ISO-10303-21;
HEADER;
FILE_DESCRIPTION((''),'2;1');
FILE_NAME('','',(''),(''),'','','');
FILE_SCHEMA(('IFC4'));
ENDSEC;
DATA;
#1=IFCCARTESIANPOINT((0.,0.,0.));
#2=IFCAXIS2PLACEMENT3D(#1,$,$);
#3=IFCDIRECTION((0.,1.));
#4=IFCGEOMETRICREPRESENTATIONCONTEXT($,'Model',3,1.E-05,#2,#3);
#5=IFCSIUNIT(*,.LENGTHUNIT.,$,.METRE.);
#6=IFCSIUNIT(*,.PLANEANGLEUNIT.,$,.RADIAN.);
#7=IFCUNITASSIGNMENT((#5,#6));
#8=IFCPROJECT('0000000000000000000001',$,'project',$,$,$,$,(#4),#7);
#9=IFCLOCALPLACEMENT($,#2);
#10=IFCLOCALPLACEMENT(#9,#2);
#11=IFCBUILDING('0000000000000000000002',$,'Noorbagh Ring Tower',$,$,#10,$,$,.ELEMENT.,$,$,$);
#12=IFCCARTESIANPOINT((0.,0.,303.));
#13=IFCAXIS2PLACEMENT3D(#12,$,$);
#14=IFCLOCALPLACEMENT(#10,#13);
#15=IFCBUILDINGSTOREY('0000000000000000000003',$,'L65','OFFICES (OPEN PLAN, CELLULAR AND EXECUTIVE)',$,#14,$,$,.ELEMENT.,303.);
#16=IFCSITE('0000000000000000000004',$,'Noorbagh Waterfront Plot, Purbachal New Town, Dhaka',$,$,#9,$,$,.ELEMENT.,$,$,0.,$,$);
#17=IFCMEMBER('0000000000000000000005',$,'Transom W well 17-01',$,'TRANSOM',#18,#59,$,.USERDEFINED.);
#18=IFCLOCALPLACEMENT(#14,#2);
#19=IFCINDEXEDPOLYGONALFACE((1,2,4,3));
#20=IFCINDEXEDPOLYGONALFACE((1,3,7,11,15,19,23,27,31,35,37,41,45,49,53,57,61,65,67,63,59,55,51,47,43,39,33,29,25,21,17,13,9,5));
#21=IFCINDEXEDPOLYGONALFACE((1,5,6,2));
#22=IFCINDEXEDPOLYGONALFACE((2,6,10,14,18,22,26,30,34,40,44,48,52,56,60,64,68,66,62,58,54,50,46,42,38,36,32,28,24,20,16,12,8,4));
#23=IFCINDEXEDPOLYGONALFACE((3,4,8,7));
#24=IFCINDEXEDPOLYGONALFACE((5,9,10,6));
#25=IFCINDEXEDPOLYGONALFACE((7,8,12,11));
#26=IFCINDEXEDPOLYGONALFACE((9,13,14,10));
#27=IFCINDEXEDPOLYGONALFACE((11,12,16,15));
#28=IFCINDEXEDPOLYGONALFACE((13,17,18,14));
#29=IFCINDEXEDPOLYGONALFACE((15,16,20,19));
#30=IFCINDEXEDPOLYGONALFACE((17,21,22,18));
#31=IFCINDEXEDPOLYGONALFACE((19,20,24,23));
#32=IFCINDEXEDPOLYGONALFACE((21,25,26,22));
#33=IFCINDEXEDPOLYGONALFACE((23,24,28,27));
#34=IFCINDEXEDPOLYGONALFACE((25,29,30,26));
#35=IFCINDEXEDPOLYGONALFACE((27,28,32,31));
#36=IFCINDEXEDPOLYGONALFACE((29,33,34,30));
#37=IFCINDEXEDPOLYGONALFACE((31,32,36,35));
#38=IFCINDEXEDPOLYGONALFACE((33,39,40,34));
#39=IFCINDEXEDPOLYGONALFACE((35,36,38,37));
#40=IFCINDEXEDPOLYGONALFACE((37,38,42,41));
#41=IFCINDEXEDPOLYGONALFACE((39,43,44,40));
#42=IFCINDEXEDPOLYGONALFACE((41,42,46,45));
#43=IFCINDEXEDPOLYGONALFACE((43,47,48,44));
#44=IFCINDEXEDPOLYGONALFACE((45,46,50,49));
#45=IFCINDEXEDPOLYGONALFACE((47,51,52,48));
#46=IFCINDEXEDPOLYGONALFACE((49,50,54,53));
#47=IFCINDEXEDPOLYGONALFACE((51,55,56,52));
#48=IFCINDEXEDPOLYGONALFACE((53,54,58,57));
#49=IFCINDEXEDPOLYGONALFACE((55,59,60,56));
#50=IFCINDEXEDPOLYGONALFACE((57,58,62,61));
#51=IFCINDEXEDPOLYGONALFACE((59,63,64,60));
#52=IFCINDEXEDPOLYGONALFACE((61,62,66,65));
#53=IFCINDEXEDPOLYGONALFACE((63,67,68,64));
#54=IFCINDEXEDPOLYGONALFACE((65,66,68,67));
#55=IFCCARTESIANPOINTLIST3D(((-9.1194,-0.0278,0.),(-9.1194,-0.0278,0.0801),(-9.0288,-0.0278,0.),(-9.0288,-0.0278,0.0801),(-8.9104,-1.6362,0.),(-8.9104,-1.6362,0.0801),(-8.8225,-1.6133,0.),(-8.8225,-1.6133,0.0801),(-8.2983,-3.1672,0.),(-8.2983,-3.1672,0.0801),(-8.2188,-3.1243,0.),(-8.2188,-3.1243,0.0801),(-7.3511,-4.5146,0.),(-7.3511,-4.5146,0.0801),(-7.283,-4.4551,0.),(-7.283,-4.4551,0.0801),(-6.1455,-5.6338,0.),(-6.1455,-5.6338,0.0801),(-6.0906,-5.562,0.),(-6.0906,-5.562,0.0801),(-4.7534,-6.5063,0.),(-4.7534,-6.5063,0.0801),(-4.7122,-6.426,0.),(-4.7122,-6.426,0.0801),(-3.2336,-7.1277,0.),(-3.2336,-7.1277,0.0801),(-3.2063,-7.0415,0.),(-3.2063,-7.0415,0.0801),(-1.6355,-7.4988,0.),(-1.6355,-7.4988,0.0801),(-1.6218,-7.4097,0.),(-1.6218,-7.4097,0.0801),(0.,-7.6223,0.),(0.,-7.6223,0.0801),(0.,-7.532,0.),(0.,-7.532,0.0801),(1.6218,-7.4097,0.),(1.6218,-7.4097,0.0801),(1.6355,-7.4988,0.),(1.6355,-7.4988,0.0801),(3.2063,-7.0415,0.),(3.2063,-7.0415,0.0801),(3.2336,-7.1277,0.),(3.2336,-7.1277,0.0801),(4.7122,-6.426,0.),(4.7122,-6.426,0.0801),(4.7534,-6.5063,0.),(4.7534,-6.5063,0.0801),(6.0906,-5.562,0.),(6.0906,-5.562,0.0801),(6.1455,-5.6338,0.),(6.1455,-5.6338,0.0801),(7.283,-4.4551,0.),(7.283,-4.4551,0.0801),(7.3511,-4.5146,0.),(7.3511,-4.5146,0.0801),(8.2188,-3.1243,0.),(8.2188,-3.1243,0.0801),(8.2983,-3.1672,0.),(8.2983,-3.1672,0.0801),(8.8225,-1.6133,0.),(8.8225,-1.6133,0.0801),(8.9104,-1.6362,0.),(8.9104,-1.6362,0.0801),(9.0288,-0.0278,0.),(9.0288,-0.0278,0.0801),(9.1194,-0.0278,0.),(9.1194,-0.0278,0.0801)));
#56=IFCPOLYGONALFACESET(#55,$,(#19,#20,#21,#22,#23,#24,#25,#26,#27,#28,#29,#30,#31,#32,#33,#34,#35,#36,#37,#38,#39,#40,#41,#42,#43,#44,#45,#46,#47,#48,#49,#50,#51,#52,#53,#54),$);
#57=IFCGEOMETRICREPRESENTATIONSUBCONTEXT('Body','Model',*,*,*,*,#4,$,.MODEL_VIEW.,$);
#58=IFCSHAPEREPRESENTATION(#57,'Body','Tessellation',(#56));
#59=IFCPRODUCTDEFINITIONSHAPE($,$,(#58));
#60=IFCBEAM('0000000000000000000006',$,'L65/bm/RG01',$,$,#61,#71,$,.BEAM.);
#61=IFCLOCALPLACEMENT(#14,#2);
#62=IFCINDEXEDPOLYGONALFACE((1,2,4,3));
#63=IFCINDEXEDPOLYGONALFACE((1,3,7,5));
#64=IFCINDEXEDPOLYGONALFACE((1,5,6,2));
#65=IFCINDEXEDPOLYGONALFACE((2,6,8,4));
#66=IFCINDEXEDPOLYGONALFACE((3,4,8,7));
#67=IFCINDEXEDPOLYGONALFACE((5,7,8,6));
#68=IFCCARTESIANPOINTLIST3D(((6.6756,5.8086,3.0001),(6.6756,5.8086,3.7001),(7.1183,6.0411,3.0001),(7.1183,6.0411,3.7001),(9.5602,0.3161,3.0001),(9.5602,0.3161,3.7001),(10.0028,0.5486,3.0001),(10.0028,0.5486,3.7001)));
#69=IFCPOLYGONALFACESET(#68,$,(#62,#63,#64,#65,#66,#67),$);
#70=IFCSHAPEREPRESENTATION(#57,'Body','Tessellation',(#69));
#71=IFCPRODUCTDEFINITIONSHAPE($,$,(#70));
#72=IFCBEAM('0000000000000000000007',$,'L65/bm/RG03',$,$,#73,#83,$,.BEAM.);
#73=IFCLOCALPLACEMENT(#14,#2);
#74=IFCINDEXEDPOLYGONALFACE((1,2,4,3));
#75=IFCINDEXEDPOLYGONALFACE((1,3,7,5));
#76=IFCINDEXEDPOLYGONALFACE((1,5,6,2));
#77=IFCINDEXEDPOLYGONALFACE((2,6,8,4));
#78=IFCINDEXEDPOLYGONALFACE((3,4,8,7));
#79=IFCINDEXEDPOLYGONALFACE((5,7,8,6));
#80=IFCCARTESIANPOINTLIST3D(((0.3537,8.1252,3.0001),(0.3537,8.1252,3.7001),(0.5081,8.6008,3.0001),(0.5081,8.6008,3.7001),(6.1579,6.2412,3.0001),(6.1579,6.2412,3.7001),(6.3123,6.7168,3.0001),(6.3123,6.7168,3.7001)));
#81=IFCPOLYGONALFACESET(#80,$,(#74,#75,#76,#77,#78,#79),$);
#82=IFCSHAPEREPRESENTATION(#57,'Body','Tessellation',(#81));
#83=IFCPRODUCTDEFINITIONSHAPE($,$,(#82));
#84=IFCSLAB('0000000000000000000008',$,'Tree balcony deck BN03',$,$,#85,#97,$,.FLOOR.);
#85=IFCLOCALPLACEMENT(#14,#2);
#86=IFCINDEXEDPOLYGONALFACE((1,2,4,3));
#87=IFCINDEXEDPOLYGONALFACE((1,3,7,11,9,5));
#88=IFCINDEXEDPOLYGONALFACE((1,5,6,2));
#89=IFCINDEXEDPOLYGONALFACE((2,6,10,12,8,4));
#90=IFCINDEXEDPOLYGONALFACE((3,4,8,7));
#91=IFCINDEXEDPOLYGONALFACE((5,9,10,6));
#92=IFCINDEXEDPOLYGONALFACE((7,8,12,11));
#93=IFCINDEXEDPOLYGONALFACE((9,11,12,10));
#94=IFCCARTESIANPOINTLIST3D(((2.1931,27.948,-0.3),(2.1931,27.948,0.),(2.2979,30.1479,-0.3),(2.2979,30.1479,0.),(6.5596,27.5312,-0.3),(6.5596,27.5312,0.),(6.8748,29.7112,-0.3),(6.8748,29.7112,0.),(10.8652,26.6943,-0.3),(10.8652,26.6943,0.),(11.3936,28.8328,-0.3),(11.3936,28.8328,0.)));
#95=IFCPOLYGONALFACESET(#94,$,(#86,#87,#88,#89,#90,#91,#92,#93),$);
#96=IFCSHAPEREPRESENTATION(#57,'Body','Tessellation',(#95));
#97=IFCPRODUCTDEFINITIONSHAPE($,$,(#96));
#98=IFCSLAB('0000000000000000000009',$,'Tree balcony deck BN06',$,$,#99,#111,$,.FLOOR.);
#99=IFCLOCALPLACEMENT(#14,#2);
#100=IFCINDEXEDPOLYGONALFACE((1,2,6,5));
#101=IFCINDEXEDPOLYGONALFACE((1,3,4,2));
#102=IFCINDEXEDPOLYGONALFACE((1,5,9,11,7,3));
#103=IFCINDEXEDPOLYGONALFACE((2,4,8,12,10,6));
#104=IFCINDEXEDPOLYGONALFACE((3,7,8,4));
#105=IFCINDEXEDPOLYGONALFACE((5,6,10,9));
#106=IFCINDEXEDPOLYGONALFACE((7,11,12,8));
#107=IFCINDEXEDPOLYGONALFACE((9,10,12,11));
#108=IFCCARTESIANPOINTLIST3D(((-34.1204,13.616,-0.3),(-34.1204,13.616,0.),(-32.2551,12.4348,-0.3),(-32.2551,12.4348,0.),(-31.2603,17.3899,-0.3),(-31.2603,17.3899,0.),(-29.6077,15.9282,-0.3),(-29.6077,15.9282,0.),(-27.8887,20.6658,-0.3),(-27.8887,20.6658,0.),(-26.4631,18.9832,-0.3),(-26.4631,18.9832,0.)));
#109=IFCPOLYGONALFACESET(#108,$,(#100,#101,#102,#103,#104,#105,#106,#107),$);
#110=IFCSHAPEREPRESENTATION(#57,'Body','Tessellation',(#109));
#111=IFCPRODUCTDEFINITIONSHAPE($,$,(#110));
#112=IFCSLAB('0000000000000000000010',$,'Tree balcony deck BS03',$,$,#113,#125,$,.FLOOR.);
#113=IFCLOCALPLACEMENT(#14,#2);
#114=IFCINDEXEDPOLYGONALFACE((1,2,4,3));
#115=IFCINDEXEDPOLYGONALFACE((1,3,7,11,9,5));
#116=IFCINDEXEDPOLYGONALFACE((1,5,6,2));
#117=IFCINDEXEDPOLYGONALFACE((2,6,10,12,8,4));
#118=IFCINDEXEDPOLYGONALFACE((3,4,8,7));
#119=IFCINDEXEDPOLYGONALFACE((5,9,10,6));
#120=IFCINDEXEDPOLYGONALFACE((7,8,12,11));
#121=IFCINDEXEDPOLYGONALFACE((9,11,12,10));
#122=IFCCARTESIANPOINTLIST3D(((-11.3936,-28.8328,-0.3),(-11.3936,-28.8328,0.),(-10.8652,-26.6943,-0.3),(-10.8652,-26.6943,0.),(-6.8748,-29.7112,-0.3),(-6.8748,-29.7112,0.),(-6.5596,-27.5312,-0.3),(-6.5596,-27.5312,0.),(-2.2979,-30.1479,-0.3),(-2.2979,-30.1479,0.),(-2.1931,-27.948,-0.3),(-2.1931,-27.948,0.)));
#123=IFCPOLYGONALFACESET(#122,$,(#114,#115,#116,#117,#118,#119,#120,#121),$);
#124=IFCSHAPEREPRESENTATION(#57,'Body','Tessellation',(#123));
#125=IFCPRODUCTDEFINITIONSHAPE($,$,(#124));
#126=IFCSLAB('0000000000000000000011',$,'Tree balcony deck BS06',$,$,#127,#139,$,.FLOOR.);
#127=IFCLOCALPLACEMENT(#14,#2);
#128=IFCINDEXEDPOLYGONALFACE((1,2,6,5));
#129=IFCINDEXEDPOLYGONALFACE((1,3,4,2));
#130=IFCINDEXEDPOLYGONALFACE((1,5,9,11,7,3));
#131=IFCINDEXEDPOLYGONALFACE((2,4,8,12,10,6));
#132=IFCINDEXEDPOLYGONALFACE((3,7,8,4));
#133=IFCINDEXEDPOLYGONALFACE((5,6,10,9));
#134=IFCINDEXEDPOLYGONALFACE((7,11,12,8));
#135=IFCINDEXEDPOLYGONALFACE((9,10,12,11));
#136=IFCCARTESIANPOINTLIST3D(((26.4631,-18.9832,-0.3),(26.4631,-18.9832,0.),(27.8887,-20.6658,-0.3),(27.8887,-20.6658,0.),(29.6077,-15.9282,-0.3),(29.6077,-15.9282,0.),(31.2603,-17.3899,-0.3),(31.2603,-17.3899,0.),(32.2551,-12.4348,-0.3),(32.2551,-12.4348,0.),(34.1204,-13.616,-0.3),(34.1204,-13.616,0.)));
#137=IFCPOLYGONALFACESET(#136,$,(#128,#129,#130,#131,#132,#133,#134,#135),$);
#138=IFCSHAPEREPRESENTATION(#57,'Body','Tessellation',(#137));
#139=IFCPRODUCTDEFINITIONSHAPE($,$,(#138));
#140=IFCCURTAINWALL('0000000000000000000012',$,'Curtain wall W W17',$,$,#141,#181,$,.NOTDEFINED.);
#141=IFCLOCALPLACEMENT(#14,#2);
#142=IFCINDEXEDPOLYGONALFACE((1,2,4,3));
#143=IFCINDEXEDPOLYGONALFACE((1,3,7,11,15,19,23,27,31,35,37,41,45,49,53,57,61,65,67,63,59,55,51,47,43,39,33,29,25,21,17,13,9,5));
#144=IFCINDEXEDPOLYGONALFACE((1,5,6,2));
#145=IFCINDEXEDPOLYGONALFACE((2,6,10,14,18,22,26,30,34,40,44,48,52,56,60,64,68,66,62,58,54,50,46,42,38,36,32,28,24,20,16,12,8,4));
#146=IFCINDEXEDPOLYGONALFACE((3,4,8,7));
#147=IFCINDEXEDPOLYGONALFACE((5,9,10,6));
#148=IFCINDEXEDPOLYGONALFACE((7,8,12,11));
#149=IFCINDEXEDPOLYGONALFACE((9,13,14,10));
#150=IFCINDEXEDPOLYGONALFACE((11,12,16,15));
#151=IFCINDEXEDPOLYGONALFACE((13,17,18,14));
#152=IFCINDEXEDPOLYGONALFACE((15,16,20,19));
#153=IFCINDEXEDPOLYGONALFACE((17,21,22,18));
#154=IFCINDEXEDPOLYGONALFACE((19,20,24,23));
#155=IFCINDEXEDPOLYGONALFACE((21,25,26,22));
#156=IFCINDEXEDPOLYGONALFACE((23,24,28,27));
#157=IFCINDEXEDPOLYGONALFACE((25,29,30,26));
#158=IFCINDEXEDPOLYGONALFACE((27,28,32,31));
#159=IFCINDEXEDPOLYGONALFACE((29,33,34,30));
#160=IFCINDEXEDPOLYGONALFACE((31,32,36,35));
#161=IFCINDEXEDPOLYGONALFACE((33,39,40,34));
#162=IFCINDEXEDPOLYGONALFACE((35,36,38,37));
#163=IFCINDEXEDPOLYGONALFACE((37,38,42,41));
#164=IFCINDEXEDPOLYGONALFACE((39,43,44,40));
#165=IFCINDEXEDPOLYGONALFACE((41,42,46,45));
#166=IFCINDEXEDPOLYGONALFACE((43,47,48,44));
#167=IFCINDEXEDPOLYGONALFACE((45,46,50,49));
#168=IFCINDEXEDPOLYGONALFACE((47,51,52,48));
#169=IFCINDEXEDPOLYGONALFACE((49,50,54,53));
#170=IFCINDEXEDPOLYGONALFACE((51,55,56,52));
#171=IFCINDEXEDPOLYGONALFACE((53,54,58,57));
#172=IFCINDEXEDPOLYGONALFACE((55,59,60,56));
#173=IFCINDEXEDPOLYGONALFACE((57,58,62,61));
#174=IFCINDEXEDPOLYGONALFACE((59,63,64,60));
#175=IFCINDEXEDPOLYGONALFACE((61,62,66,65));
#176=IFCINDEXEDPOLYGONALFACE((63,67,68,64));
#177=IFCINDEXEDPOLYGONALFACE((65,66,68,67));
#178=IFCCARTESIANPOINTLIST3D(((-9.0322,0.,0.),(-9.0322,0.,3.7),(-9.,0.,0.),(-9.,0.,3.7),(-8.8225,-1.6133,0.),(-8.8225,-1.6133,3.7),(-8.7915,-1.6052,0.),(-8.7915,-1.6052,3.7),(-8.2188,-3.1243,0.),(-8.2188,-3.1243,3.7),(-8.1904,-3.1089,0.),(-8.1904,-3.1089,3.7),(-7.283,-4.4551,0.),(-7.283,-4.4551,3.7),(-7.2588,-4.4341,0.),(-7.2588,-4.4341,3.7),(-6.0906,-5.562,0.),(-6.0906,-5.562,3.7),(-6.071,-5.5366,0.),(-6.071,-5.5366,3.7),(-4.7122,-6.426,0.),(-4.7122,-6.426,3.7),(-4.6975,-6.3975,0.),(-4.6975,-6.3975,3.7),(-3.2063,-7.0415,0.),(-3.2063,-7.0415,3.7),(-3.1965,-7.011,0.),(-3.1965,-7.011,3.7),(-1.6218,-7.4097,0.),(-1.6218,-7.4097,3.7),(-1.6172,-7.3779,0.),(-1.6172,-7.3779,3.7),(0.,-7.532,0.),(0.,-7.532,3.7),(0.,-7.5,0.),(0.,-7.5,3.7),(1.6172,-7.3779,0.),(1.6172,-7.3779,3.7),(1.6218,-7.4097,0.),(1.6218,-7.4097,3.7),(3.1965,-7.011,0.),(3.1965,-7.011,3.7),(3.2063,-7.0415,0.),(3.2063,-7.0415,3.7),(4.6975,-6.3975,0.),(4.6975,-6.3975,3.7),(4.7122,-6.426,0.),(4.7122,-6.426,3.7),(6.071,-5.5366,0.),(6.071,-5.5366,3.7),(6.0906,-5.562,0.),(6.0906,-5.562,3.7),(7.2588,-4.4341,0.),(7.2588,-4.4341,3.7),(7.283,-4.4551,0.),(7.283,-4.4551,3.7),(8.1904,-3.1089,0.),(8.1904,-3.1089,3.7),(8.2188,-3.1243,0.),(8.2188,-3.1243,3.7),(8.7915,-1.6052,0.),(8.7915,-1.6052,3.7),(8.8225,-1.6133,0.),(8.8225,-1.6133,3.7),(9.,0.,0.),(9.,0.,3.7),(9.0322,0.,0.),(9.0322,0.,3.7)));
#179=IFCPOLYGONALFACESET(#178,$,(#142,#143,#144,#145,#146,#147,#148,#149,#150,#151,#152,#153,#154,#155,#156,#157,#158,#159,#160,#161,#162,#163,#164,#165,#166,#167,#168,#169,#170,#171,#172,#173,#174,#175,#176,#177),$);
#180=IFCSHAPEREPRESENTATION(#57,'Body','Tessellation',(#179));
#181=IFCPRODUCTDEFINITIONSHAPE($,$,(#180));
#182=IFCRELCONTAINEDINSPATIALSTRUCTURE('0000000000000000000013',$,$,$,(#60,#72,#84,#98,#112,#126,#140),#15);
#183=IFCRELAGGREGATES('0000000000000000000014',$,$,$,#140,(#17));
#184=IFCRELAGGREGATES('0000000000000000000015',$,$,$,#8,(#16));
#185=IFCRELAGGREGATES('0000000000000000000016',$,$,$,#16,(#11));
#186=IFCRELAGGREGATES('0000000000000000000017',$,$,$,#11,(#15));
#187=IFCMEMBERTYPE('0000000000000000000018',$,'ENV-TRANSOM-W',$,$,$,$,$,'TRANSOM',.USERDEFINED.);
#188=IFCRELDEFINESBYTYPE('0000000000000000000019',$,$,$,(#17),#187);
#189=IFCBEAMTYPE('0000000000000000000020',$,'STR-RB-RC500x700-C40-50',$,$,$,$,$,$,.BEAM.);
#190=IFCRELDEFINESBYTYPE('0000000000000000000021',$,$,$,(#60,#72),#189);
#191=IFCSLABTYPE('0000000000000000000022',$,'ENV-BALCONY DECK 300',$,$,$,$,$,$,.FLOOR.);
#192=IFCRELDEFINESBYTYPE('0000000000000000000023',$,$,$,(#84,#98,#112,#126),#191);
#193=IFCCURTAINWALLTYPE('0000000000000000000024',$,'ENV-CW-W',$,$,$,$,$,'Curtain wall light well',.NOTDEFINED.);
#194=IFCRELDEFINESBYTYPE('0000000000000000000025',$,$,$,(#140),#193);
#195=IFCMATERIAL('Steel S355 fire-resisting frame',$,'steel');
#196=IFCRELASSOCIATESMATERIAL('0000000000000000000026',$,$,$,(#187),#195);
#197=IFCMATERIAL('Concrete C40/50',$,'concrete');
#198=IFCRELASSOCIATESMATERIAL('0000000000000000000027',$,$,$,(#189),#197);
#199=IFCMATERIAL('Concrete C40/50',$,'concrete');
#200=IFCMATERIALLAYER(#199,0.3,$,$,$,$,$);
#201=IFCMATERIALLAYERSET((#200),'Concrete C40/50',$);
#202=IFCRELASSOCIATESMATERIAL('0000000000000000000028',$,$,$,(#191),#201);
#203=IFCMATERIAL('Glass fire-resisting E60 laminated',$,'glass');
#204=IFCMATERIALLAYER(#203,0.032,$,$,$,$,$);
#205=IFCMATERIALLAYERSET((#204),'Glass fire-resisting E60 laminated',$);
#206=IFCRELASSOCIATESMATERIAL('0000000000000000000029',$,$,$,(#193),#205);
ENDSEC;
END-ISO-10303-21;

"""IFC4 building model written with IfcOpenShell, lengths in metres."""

from ifc_helpers import new_model, si_unit, direction, frame, origin, origin_2d, place, context, subcontext, project, spatial, polyline, rectangle, outline, extrude, material, layer, layer_set, material_profile, profile_set, type_object, element, aggregate, save


model = new_model("IFC4")

# Units and contexts
model_context = context("Model", 3, precision=1e-05, world=origin(), true_north=direction((0.0, 1.0)))
body_context = subcontext(model_context, "Body", "Model", "MODEL_VIEW")
ifc_project = project(units=[si_unit("LENGTHUNIT", "METRE"), si_unit("PLANEANGLEUNIT", "RADIAN")], contexts=[model_context])

# Site, building, storey
site_placement = place(None, origin())
site = spatial("IfcSite", under=ifc_project, at=site_placement, Name="Noorbagh Waterfront Plot, Purbachal New Town, Dhaka", CompositionType="ELEMENT", RefElevation=0.0)
building_placement = place(site_placement, origin())
building = spatial("IfcBuilding", under=site, at=building_placement, Name="Noorbagh Ring Tower", CompositionType="ELEMENT")
storey_placement = place(building_placement, frame((0.0, 0.0, 303.0)))
storey = spatial("IfcBuildingStorey", under=building, at=storey_placement, Name="L65", Description="OFFICES (OPEN PLAN, CELLULAR AND EXECUTIVE)", CompositionType="ELEMENT", Elevation=303.0)

# Member
ifc_material_1 = material(Name="Steel S355 fire-resisting frame", Category="steel")
member_type_1 = type_object("IfcMemberType", Name="ENV-TRANSOM-W", ElementType="TRANSOM", PredefinedType="USERDEFINED", material=ifc_material_1)
member_1_placement = place(storey_placement, origin())
member_1 = element("IfcMember", 1, at=member_1_placement, type_object=member_type_1, Name="Transom W well 17-01", ObjectType="TRANSOM", PredefinedType="USERDEFINED", context=body_context, shape_type="SweptSolid", body=[
    extrude(outline(polyline([(-9.1194, -0.0278), (-8.9104, -1.6362), (-8.2983, -3.1672), (-7.3511, -4.5146), (-6.1455, -5.6338), (-4.7534, -6.5063), (-3.2336, -7.1277), (-1.6355, -7.4988), (0.0, -7.6223), (1.6355, -7.4988), (3.2336, -7.1277), (4.7534, -6.5063), (6.1455, -5.6338), (7.3511, -4.5146), (8.2983, -3.1672), (8.9104, -1.6362), (9.1194, -0.0278), (9.0288, -0.0278), (8.8225, -1.6133), (8.2188, -3.1243), (7.283, -4.4551), (6.0906, -5.562), (4.7122, -6.426), (3.2063, -7.0415), (1.6218, -7.4097), (0.0, -7.532), (-1.6218, -7.4097), (-3.2063, -7.0415), (-4.7122, -6.426), (-6.0906, -5.562), (-7.283, -4.4551), (-8.2188, -3.1243), (-8.8225, -1.6133), (-9.0288, -0.0278), (-9.1194, -0.0278)])), origin(), (0.0, 0.0, 1.0), 0.0801),
])

# Beams
ifc_material_2 = material(Name="Concrete C40/50", Category="concrete")
ifc_material_profile_1 = material_profile(ifc_material_2, rectangle(XDim=0.5, YDim=0.7, at=origin_2d()), Name="RC500x700")
ifc_profile_set_1 = profile_set([ifc_material_profile_1], Name="Concrete C40/50")
beam_type = type_object("IfcBeamType", Name="STR-RB-RC500x700-C40-50", PredefinedType="BEAM", material=ifc_profile_set_1)
beam_1_placement = place(storey_placement, frame((9.7815, 0.4324, 3.3501), z_axis=(-0.46496, 0.885332, 0.0), x_axis=(-0.885332, -0.46496, 0.0)))
element("IfcBeam", 2, at=beam_1_placement, inside=storey, type_object=beam_type, Name="L65/bm/RG01", PredefinedType="BEAM", context=body_context, shape_type="SweptSolid", body=[
    extrude(rectangle(XDim=0.5, YDim=0.7, at=origin_2d()), origin(), (0.0, 0.0, 1.0), 6.2039),
])
beam_2_placement = place(storey_placement, frame((6.2351, 6.479, 3.3501), z_axis=(-0.951146, 0.30874, 0.0), x_axis=(-0.30874, -0.951146, 0.0)))
element("IfcBeam", 3, at=beam_2_placement, inside=storey, type_object=beam_type, Name="L65/bm/RG03", PredefinedType="BEAM", context=body_context, shape_type="SweptSolid", body=[
    extrude(rectangle(XDim=0.5, YDim=0.7, at=origin_2d()), origin(), (0.0, 0.0, 1.0), 6.1023),
])

# Slabs
ifc_material_3 = material(Name="Concrete C40/50", Category="concrete")
ifc_layer_1 = layer(ifc_material_3, 0.3)
ifc_layer_set_1 = layer_set([ifc_layer_1], Name="Concrete C40/50")
slab_type = type_object("IfcSlabType", Name="ENV-BALCONY DECK 300", PredefinedType="FLOOR", material=ifc_layer_set_1)
slab_1_placement = place(storey_placement, frame((0.0, 0.0, -0.3)))
element("IfcSlab", 4, at=slab_1_placement, inside=storey, type_object=slab_type, Name="Tree balcony deck BN03", PredefinedType="FLOOR", context=body_context, shape_type="SweptSolid", body=[
    extrude(outline(polyline([(11.3936, 28.8328), (6.8748, 29.7112), (2.2979, 30.1479), (2.1931, 27.948), (6.5596, 27.5312), (10.8652, 26.6943), (11.3936, 28.8328)])), origin(), (0.0, 0.0, 1.0), 0.3),
])
slab_2_placement = place(storey_placement, frame((0.0, 0.0, -0.3)))
element("IfcSlab", 5, at=slab_2_placement, inside=storey, type_object=slab_type, Name="Tree balcony deck BN06", PredefinedType="FLOOR", context=body_context, shape_type="SweptSolid", body=[
    extrude(outline(polyline([(-27.8887, 20.6658), (-31.2603, 17.3899), (-34.1204, 13.616), (-32.2551, 12.4348), (-29.6077, 15.9282), (-26.4631, 18.9832), (-27.8887, 20.6658)])), origin(), (0.0, 0.0, 1.0), 0.3),
])
slab_3_placement = place(storey_placement, frame((0.0, 0.0, -0.3)))
element("IfcSlab", 6, at=slab_3_placement, inside=storey, type_object=slab_type, Name="Tree balcony deck BS03", PredefinedType="FLOOR", context=body_context, shape_type="SweptSolid", body=[
    extrude(outline(polyline([(-11.3936, -28.8328), (-6.8748, -29.7112), (-2.2979, -30.1479), (-2.1931, -27.948), (-6.5596, -27.5312), (-10.8652, -26.6943), (-11.3936, -28.8328)])), origin(), (0.0, 0.0, 1.0), 0.3),
])
slab_4_placement = place(storey_placement, frame((0.0, 0.0, -0.3)))
element("IfcSlab", 7, at=slab_4_placement, inside=storey, type_object=slab_type, Name="Tree balcony deck BS06", PredefinedType="FLOOR", context=body_context, shape_type="SweptSolid", body=[
    extrude(outline(polyline([(27.8887, -20.6658), (31.2603, -17.3899), (34.1204, -13.616), (32.2551, -12.4348), (29.6077, -15.9282), (26.4631, -18.9832), (27.8887, -20.6658)])), origin(), (0.0, 0.0, 1.0), 0.3),
])

# Curtain wall
ifc_material_4 = material(Name="Glass fire-resisting E60 laminated", Category="glass")
ifc_layer_2 = layer(ifc_material_4, 0.032)
ifc_layer_set_2 = layer_set([ifc_layer_2], Name="Glass fire-resisting E60 laminated")
curtain_wall_type_1 = type_object("IfcCurtainWallType", Name="ENV-CW-W", ElementType="Curtain wall light well", PredefinedType="NOTDEFINED", material=ifc_layer_set_2)
curtain_wall_1_placement = place(storey_placement, origin())
curtain_wall_1 = element("IfcCurtainWall", 8, at=curtain_wall_1_placement, inside=storey, type_object=curtain_wall_type_1, Name="Curtain wall W W17", PredefinedType="NOTDEFINED", context=body_context, shape_type="SweptSolid", body=[
    extrude(outline(polyline([(-9.0322, 0.0), (-8.8225, -1.6133), (-8.2188, -3.1243), (-7.283, -4.4551), (-6.0906, -5.562), (-4.7122, -6.426), (-3.2063, -7.0415), (-1.6218, -7.4097), (0.0, -7.532), (1.6218, -7.4097), (3.2063, -7.0415), (4.7122, -6.426), (6.0906, -5.562), (7.283, -4.4551), (8.2188, -3.1243), (8.8225, -1.6133), (9.0322, 0.0), (9.0, 0.0), (8.7915, -1.6052), (8.1904, -3.1089), (7.2588, -4.4341), (6.071, -5.5366), (4.6975, -6.3975), (3.1965, -7.011), (1.6172, -7.3779), (0.0, -7.5), (-1.6172, -7.3779), (-3.1965, -7.011), (-4.6975, -6.3975), (-6.071, -5.5366), (-7.2588, -4.4341), (-8.1904, -3.1089), (-8.7915, -1.6052), (-9.0, 0.0), (-9.0322, 0.0)])), origin(), (0.0, 0.0, 1.0), 3.7),
])
aggregate(curtain_wall_1, [member_1])

save(model, "model.ifc")
